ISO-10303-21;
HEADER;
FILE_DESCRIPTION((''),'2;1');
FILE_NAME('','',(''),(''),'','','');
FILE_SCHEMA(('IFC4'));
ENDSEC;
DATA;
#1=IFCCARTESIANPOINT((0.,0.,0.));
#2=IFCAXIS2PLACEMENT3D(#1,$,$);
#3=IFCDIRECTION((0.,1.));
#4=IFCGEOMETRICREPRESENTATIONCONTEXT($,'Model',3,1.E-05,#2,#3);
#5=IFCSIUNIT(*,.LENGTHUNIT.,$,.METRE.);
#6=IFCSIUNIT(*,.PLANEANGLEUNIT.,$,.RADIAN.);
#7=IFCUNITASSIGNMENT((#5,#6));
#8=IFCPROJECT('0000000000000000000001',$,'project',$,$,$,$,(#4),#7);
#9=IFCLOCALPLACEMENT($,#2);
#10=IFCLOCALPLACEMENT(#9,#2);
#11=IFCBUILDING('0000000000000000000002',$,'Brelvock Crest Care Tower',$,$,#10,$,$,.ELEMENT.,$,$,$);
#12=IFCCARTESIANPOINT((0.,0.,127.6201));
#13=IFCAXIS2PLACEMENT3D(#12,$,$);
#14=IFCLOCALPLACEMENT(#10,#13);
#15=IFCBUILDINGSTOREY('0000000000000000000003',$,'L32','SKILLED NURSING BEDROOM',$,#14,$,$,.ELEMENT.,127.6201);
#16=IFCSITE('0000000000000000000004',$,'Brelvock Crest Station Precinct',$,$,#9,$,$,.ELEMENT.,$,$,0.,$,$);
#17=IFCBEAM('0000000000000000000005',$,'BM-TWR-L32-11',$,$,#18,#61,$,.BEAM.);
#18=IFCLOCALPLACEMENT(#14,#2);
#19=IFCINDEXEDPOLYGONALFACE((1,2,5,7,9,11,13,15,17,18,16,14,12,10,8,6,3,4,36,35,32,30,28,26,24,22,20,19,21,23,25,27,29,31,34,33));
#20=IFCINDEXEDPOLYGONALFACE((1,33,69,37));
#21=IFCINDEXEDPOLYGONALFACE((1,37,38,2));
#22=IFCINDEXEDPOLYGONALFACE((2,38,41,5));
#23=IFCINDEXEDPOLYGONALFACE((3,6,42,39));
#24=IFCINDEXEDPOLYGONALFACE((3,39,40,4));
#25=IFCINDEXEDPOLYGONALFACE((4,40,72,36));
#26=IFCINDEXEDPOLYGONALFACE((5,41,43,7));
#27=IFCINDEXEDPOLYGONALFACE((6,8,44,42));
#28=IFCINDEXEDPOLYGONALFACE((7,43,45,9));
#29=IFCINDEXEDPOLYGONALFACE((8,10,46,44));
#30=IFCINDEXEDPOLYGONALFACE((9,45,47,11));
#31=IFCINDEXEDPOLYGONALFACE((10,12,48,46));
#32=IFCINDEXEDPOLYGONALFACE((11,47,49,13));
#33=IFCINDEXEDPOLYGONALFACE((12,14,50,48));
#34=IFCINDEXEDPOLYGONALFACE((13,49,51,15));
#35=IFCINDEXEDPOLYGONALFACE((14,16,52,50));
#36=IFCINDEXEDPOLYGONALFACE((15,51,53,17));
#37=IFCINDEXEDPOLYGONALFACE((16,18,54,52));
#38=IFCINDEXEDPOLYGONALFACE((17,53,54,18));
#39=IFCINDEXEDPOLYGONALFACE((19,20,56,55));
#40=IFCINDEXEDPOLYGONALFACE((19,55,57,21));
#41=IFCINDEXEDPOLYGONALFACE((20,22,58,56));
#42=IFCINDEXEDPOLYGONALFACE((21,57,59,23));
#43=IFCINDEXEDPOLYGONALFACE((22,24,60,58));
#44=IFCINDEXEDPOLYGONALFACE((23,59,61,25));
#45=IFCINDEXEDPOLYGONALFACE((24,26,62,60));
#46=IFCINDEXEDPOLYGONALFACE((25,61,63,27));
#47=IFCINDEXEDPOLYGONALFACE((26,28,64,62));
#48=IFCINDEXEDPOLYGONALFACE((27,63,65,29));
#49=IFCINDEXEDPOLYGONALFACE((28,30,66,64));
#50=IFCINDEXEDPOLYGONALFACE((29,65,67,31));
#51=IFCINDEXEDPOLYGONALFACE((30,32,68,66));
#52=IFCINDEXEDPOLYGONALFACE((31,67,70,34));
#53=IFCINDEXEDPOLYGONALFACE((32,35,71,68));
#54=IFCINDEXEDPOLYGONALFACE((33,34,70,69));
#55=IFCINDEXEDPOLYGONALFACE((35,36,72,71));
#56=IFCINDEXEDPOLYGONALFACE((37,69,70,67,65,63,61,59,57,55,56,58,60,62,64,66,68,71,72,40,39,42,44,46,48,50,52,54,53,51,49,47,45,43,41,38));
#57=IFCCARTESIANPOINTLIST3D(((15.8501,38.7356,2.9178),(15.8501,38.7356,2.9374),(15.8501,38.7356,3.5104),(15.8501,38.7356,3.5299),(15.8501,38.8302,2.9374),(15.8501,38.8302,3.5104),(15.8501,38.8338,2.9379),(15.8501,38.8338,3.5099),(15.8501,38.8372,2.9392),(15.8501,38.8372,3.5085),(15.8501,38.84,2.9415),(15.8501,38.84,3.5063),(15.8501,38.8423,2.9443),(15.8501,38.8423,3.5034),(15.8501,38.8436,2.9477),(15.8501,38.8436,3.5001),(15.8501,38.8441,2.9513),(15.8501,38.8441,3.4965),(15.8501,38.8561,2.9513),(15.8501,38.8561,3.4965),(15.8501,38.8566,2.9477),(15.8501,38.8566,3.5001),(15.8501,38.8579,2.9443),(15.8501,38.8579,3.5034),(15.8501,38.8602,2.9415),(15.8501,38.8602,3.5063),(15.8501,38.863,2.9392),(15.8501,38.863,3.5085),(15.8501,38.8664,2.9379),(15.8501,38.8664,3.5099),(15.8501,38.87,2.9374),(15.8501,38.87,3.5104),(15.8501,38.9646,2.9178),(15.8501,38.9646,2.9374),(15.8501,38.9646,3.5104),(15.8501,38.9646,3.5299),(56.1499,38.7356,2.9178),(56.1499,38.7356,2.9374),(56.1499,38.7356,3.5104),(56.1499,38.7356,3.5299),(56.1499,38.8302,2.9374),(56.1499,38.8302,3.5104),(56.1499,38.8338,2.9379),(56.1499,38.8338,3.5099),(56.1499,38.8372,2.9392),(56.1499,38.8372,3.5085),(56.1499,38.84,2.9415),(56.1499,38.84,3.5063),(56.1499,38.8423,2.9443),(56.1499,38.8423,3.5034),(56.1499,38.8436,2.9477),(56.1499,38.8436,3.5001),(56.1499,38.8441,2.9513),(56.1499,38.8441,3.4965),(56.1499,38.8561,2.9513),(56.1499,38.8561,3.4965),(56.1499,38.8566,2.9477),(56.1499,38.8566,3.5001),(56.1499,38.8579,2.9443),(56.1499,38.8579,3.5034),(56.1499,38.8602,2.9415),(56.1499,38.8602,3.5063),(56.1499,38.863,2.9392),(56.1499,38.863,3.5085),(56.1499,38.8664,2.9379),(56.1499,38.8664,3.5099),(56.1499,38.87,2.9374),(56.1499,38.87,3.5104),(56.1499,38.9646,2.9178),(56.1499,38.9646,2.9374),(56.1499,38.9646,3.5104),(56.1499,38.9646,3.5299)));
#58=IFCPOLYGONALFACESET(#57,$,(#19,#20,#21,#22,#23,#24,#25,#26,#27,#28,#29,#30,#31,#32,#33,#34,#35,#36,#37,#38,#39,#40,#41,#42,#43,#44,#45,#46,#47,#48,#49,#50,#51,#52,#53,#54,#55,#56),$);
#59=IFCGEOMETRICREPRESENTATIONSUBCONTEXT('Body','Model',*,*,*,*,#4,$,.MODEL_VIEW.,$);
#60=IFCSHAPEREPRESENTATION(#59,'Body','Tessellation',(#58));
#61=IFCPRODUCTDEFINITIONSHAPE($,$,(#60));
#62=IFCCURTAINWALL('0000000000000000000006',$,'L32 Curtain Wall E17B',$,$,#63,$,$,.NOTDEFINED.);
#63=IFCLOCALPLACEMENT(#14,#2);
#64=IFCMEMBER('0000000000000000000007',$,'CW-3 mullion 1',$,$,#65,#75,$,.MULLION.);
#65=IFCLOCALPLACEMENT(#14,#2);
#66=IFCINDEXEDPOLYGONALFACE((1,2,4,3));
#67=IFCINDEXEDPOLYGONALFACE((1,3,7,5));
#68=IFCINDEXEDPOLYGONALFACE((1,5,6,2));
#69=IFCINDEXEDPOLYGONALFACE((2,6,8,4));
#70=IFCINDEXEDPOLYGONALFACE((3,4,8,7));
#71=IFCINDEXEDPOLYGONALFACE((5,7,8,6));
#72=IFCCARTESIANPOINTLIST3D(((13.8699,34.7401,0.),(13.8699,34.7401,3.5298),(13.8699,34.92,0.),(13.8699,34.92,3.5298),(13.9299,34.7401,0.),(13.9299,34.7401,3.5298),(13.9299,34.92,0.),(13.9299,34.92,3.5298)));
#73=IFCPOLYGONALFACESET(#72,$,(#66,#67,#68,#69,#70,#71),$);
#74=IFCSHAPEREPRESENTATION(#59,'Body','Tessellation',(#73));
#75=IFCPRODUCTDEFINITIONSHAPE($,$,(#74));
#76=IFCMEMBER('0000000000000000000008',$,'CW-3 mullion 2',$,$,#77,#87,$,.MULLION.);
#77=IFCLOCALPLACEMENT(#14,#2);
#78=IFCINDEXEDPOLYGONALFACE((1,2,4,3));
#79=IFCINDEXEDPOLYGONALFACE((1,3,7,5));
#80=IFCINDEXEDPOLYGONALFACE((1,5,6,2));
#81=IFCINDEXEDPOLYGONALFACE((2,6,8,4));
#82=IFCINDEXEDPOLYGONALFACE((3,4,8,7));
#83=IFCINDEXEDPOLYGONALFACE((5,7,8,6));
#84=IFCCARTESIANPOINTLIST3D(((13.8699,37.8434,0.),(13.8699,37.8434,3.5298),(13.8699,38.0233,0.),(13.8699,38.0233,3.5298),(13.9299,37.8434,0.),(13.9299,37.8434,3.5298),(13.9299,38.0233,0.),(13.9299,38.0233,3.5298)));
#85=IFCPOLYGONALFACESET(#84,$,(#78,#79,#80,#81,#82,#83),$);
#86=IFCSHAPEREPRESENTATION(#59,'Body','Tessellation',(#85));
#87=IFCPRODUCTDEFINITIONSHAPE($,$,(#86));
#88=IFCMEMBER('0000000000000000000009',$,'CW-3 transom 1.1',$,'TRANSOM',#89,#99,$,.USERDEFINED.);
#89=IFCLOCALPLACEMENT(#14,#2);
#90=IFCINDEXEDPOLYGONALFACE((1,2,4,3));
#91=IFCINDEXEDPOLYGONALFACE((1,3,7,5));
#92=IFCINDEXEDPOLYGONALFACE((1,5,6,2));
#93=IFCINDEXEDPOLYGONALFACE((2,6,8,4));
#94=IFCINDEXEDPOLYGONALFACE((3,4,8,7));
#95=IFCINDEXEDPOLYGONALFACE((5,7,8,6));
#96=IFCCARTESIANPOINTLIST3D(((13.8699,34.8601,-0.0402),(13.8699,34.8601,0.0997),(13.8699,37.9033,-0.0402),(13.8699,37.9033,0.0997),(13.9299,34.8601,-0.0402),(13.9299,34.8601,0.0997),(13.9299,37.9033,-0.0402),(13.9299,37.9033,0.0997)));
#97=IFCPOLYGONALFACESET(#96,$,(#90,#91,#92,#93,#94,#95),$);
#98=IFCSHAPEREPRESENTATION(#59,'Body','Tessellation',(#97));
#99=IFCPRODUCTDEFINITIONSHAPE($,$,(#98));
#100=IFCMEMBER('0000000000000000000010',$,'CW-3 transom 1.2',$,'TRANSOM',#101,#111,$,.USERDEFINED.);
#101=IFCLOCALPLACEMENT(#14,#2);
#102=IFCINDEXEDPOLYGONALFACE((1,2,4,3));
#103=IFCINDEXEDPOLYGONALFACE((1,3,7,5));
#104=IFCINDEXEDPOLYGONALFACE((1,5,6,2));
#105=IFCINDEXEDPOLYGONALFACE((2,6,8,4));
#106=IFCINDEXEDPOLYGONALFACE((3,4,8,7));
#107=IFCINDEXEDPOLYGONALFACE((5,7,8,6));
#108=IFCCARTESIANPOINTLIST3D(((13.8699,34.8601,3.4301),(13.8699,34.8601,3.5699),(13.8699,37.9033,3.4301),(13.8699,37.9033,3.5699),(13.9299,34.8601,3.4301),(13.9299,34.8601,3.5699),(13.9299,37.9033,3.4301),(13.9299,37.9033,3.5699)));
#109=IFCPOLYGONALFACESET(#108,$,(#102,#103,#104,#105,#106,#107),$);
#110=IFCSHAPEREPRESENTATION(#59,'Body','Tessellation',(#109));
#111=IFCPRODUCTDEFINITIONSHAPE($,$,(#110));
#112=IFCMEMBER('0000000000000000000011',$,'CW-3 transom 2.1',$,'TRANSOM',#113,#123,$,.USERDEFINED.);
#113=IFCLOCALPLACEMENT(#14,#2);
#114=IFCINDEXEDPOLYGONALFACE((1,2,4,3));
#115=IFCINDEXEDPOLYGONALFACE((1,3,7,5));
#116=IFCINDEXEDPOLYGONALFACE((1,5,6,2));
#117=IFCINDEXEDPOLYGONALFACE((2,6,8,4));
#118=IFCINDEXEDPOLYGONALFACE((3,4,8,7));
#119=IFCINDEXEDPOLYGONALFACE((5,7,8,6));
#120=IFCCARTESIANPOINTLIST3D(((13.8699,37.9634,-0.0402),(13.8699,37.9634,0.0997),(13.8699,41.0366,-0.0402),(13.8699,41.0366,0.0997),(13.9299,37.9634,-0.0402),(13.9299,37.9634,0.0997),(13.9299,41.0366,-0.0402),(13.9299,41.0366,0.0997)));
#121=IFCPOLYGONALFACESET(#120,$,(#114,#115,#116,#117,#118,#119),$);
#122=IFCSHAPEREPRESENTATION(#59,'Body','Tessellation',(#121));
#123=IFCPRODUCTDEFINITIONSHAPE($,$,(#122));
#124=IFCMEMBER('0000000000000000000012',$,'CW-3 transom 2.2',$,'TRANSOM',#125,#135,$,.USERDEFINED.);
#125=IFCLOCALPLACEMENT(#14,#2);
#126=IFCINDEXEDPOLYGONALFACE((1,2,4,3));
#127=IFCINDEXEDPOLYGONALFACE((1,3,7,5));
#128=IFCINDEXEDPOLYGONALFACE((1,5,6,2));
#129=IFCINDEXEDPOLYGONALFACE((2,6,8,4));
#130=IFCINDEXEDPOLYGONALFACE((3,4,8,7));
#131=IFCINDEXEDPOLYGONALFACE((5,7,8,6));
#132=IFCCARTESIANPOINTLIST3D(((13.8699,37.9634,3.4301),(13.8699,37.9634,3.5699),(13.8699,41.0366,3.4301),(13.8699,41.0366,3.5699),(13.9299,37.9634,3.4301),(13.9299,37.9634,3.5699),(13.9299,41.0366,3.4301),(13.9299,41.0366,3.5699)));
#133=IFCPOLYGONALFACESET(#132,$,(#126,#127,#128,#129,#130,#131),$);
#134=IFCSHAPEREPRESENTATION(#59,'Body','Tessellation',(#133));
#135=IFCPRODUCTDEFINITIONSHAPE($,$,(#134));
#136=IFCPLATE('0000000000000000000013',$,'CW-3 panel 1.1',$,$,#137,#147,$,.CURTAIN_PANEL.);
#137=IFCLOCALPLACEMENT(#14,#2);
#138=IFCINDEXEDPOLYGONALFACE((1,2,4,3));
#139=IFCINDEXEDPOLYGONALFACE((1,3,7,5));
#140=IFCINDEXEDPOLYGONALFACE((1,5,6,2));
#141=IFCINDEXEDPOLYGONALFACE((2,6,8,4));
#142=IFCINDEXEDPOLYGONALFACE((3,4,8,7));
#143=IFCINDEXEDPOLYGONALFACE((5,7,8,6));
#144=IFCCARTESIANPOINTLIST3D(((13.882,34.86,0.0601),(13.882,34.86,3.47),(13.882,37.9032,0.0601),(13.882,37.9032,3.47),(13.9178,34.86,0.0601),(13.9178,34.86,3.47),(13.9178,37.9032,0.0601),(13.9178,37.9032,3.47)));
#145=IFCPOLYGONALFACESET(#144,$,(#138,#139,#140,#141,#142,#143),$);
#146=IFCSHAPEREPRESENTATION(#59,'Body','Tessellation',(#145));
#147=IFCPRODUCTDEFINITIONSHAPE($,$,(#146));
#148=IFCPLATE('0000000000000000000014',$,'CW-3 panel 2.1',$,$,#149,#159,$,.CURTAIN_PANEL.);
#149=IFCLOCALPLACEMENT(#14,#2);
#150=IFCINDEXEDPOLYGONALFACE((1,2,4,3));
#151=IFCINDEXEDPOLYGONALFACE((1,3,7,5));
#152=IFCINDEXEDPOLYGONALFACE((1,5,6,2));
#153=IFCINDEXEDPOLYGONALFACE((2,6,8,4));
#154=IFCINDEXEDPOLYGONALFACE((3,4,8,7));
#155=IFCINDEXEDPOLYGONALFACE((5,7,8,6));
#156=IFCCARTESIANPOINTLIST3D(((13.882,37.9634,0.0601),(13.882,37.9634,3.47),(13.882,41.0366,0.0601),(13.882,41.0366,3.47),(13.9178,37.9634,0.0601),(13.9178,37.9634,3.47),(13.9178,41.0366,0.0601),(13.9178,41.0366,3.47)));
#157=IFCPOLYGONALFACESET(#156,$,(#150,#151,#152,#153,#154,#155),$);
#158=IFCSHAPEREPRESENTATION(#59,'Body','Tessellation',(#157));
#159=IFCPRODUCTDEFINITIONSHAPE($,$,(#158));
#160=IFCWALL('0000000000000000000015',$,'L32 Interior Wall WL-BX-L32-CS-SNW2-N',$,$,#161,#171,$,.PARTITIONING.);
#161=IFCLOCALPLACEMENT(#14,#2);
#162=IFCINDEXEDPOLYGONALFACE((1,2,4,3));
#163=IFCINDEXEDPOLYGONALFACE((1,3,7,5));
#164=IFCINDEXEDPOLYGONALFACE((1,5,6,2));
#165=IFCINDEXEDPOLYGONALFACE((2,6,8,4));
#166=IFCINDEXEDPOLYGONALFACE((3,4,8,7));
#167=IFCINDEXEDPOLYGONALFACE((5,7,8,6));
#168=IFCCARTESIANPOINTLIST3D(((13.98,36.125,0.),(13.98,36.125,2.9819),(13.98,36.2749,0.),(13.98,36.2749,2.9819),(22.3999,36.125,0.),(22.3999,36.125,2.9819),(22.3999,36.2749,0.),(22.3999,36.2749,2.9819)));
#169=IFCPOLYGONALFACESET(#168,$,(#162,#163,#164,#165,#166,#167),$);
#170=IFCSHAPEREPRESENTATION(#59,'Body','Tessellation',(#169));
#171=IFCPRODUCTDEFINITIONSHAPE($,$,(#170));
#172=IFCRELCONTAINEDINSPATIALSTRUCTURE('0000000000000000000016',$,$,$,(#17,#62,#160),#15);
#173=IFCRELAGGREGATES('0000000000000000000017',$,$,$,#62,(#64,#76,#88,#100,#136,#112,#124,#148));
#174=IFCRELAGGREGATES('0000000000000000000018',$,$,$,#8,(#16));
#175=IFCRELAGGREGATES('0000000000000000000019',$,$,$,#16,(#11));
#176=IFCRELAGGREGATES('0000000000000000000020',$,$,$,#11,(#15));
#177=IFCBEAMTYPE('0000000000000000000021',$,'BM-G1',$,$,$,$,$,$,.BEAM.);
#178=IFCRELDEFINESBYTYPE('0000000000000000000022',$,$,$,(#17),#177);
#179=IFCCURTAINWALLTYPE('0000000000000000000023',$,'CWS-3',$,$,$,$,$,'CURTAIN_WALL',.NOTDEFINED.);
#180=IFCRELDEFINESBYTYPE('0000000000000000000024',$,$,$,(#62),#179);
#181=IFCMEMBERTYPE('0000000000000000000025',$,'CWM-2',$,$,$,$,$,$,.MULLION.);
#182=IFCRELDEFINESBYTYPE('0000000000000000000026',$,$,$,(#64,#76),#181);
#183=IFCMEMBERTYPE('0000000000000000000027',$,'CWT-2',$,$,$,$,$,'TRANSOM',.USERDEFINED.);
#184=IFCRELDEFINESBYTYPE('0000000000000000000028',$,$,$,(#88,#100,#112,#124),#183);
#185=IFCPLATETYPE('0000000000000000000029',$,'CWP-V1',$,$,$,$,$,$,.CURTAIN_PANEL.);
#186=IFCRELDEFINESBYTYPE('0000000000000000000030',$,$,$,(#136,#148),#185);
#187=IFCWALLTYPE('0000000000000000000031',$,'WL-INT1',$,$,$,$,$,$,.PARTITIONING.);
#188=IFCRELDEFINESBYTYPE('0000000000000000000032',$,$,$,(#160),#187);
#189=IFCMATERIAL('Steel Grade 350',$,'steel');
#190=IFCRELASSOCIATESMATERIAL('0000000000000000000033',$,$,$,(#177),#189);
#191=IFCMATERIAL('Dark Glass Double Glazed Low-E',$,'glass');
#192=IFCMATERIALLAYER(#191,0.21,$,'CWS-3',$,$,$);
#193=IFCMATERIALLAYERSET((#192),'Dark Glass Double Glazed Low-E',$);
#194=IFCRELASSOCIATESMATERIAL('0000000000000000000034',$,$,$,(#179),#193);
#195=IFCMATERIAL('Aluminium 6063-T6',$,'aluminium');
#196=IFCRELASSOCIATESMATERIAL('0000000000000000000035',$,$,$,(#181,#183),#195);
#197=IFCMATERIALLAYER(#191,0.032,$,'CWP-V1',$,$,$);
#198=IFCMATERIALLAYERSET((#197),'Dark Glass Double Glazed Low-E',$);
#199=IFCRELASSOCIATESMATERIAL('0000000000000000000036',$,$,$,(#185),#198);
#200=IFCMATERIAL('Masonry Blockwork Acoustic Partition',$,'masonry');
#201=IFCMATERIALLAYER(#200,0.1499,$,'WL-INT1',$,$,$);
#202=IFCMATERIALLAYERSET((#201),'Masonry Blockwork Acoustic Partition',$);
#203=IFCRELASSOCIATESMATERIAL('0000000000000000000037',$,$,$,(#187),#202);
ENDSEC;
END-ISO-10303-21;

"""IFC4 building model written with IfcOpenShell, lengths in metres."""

from ifc_helpers import new_model, si_unit, direction, frame, frame_2d, origin, origin_2d, place, context, subcontext, project, spatial, rectangle, i_section, extrude, source, transform, mapped, material, layer, layer_set, material_profile, profile_set, type_object, element, aggregate, save


model = new_model("IFC4")

# Units and contexts
model_context = context("Model", 3, precision=1e-05, world=origin(), true_north=direction((0.0, 1.0)))
body_context = subcontext(model_context, "Body", "Model", "MODEL_VIEW")
ifc_project = project(units=[si_unit("LENGTHUNIT", "METRE"), si_unit("PLANEANGLEUNIT", "RADIAN")], contexts=[model_context])

# Site, building, storey
site_placement = place(None, origin())
site = spatial("IfcSite", under=ifc_project, at=site_placement, Name="Brelvock Crest Station Precinct", CompositionType="ELEMENT", RefElevation=0.0)
building_placement = place(site_placement, origin())
building = spatial("IfcBuilding", under=site, at=building_placement, Name="Brelvock Crest Care Tower", CompositionType="ELEMENT")
storey_placement = place(building_placement, frame((0.0, 0.0, 127.6201)))
storey = spatial("IfcBuildingStorey", under=building, at=storey_placement, Name="L32", Description="SKILLED NURSING BEDROOM", CompositionType="ELEMENT", Elevation=127.6201)

# Shared definitions
ifc_material_1 = material(Name="Steel Grade 350", Category="steel")

# Beam
ifc_material_profile_1 = material_profile(ifc_material_1, i_section(OverallWidth=0.229, OverallDepth=0.6121, WebThickness=0.012, FlangeThickness=0.0195, FilletRadius=0.0139, at=origin_2d()), Name="610UB125")
ifc_profile_set_1 = profile_set([ifc_material_profile_1], Name="Steel Grade 350")
beam_type_1 = type_object("IfcBeamType", Name="BM-G1", PredefinedType="BEAM", material=ifc_profile_set_1)
shared_shape_1 = source(origin(), body_context, "Body", "SweptSolid", [
    extrude(i_section(OverallWidth=0.229, OverallDepth=0.6121, WebThickness=0.012, FlangeThickness=0.0195, FilletRadius=0.0139, at=origin_2d()), origin(), (0.0, 0.0, 1.0), 40.2998),
])
beam_1_placement = place(storey_placement, frame((15.8501, 38.8501, 3.2239), z_axis=(1.0, 0.0, 0.0), x_axis=(0.0, 1.0, 0.0)))
element("IfcBeam", 1, at=beam_1_placement, inside=storey, type_object=beam_type_1, Name="BM-TWR-L32-11", PredefinedType="BEAM", context=body_context, shape_type="MappedRepresentation", body=[
    mapped(shared_shape_1, transform((0.0, 0.0, 0.0), x_axis=(1.0, 0.0, 0.0), y_axis=(0.0, 1.0, 0.0), z_axis=(0.0, 0.0, 1.0), scale=1.0)),
])

# Curtain wall, members, plates
ifc_material_2 = material(Name="Dark Glass Double Glazed Low-E", Category="glass")
ifc_layer_1 = layer(ifc_material_2, 0.21, Name="CWS-3")
ifc_layer_set_1 = layer_set([ifc_layer_1], Name="Dark Glass Double Glazed Low-E")
curtain_wall_type = type_object("IfcCurtainWallType", Name="CWS-3", ElementType="CURTAIN_WALL", PredefinedType="NOTDEFINED", material=ifc_layer_set_1)
curtain_wall_placement = place(storey_placement, origin())
curtain_wall = element("IfcCurtainWall", 2, at=curtain_wall_placement, inside=storey, type_object=curtain_wall_type, Name="L32 Curtain Wall E17B", PredefinedType="NOTDEFINED")
ifc_material_3 = material(Name="Aluminium 6063-T6", Category="aluminium")
ifc_material_profile_2 = material_profile(ifc_material_3, rectangle(XDim=0.0601, YDim=0.1799, at=origin_2d()), Name="ALU60x180")
ifc_profile_set_2 = profile_set([ifc_material_profile_2], Name="Aluminium 6063-T6")
member_type_1 = type_object("IfcMemberType", Name="CWM-2", PredefinedType="MULLION", material=ifc_profile_set_2)
shared_shape_2 = source(origin(), body_context, "Body", "SweptSolid", [
    extrude(rectangle(XDim=0.0601, YDim=0.1799, at=origin_2d()), origin(), (0.0, 0.0, 1.0), 3.5298),
])
member_1_placement = place(storey_placement, frame((13.8999, 34.8301, 0.0), z_axis=(0.0, 0.0, 1.0), x_axis=(-1.0, 0.0, 0.0)))
member_1 = element("IfcMember", 3, at=member_1_placement, type_object=member_type_1, Name="CW-3 mullion 1", PredefinedType="MULLION", context=body_context, shape_type="MappedRepresentation", body=[
    mapped(shared_shape_2, transform((0.0, 0.0, 0.0), x_axis=(1.0, 0.0, 0.0), y_axis=(0.0, 1.0, 0.0), z_axis=(0.0, 0.0, 1.0), scale=1.0)),
])
member_2_placement = place(storey_placement, frame((13.8999, 37.9333, 0.0), z_axis=(0.0, 0.0, 1.0), x_axis=(-1.0, 0.0, 0.0)))
member_2 = element("IfcMember", 4, at=member_2_placement, type_object=member_type_1, Name="CW-3 mullion 2", PredefinedType="MULLION", context=body_context, shape_type="MappedRepresentation", body=[
    mapped(shared_shape_2, transform((0.0, 0.0, 0.0), x_axis=(1.0, 0.0, 0.0), y_axis=(0.0, 1.0, 0.0), z_axis=(0.0, 0.0, 1.0), scale=1.0)),
])
ifc_material_profile_3 = material_profile(ifc_material_3, rectangle(XDim=0.0601, YDim=0.1399, at=origin_2d()), Name="ALU60x140")
ifc_profile_set_3 = profile_set([ifc_material_profile_3], Name="Aluminium 6063-T6")
member_type_2 = type_object("IfcMemberType", Name="CWT-2", ElementType="TRANSOM", PredefinedType="USERDEFINED", material=ifc_profile_set_3)
shared_shape_3 = source(origin(), body_context, "Body", "SweptSolid", [
    extrude(rectangle(XDim=0.0601, YDim=0.1399, at=origin_2d()), origin(), (0.0, 0.0, 1.0), 3.0432),
])
member_3_placement = place(storey_placement, frame((13.8999, 34.8601, 0.0298), z_axis=(0.0, 1.0, 0.0), x_axis=(-1.0, 0.0, 0.0)))
member_3 = element("IfcMember", 5, at=member_3_placement, type_object=member_type_2, Name="CW-3 transom 1.1", ObjectType="TRANSOM", PredefinedType="USERDEFINED", context=body_context, shape_type="MappedRepresentation", body=[
    mapped(shared_shape_3, transform((0.0, 0.0, 0.0), x_axis=(1.0, 0.0, 0.0), y_axis=(0.0, 1.0, 0.0), z_axis=(0.0, 0.0, 1.0), scale=1.0)),
])
member_4_placement = place(storey_placement, frame((13.8999, 34.8601, 3.5), z_axis=(0.0, 1.0, 0.0), x_axis=(-1.0, 0.0, 0.0)))
member_4 = element("IfcMember", 6, at=member_4_placement, type_object=member_type_2, Name="CW-3 transom 1.2", ObjectType="TRANSOM", PredefinedType="USERDEFINED", context=body_context, shape_type="MappedRepresentation", body=[
    mapped(shared_shape_3, transform((0.0, 0.0, 0.0), x_axis=(1.0, 0.0, 0.0), y_axis=(0.0, 1.0, 0.0), z_axis=(0.0, 0.0, 1.0), scale=1.0)),
])
shared_shape_4 = source(origin(), body_context, "Body", "SweptSolid", [
    extrude(rectangle(XDim=0.0601, YDim=0.1399, at=origin_2d()), origin(), (0.0, 0.0, 1.0), 3.0732),
])
member_5_placement = place(storey_placement, frame((13.8999, 37.9634, 0.0298), z_axis=(0.0, 1.0, 0.0), x_axis=(-1.0, 0.0, 0.0)))
member_5 = element("IfcMember", 7, at=member_5_placement, type_object=member_type_2, Name="CW-3 transom 2.1", ObjectType="TRANSOM", PredefinedType="USERDEFINED", context=body_context, shape_type="MappedRepresentation", body=[
    mapped(shared_shape_4, transform((0.0, 0.0, 0.0), x_axis=(1.0, 0.0, 0.0), y_axis=(0.0, 1.0, 0.0), z_axis=(0.0, 0.0, 1.0), scale=1.0)),
])
member_6_placement = place(storey_placement, frame((13.8999, 37.9634, 3.5), z_axis=(0.0, 1.0, 0.0), x_axis=(-1.0, 0.0, 0.0)))
member_6 = element("IfcMember", 8, at=member_6_placement, type_object=member_type_2, Name="CW-3 transom 2.2", ObjectType="TRANSOM", PredefinedType="USERDEFINED", context=body_context, shape_type="MappedRepresentation", body=[
    mapped(shared_shape_4, transform((0.0, 0.0, 0.0), x_axis=(1.0, 0.0, 0.0), y_axis=(0.0, 1.0, 0.0), z_axis=(0.0, 0.0, 1.0), scale=1.0)),
])
ifc_layer_2 = layer(ifc_material_2, 0.032, Name="CWP-V1")
ifc_layer_set_2 = layer_set([ifc_layer_2], Name="Dark Glass Double Glazed Low-E")
plate_type = type_object("IfcPlateType", Name="CWP-V1", PredefinedType="CURTAIN_PANEL", material=ifc_layer_set_2)
shared_shape_5 = source(origin(), body_context, "Body", "SweptSolid", [
    extrude(rectangle(XDim=3.0432, YDim=0.0359, at=origin_2d()), origin(), (0.0, 0.0, 1.0), 3.4099),
])
plate_1_placement = place(storey_placement, frame((13.8999, 36.3816, 0.0601), z_axis=(0.0, 0.0, 1.0), x_axis=(0.0, 1.0, 0.0)))
plate_1 = element("IfcPlate", 9, at=plate_1_placement, type_object=plate_type, Name="CW-3 panel 1.1", PredefinedType="CURTAIN_PANEL", context=body_context, shape_type="MappedRepresentation", body=[
    mapped(shared_shape_5, transform((0.0, 0.0, 0.0), x_axis=(1.0, 0.0, 0.0), y_axis=(0.0, 1.0, 0.0), z_axis=(0.0, 0.0, 1.0), scale=1.0)),
])
shared_shape_6 = source(origin(), body_context, "Body", "SweptSolid", [
    extrude(rectangle(XDim=3.0732, YDim=0.0359, at=origin_2d()), origin(), (0.0, 0.0, 1.0), 3.4099),
])
plate_2_placement = place(storey_placement, frame((13.8999, 39.5, 0.0601), z_axis=(0.0, 0.0, 1.0), x_axis=(0.0, 1.0, 0.0)))
plate_2 = element("IfcPlate", 10, at=plate_2_placement, type_object=plate_type, Name="CW-3 panel 2.1", PredefinedType="CURTAIN_PANEL", context=body_context, shape_type="MappedRepresentation", body=[
    mapped(shared_shape_6, transform((0.0, 0.0, 0.0), x_axis=(1.0, 0.0, 0.0), y_axis=(0.0, 1.0, 0.0), z_axis=(0.0, 0.0, 1.0), scale=1.0)),
])
aggregate(curtain_wall, [member_1, member_2, member_3, member_4, plate_1, member_5, member_6, plate_2])

# Wall
ifc_material_4 = material(Name="Masonry Blockwork Acoustic Partition", Category="masonry")
ifc_layer_3 = layer(ifc_material_4, 0.1499, Name="WL-INT1")
ifc_layer_set_3 = layer_set([ifc_layer_3], Name="Masonry Blockwork Acoustic Partition")
wall_type_1 = type_object("IfcWallType", Name="WL-INT1", PredefinedType="PARTITIONING", material=ifc_layer_set_3)
wall_1_placement = place(storey_placement, frame((13.98, 36.2, 0.0), z_axis=(0.0, 0.0, 1.0), x_axis=(1.0, 0.0, 0.0)))
element("IfcWall", 11, at=wall_1_placement, inside=storey, type_object=wall_type_1, Name="L32 Interior Wall WL-BX-L32-CS-SNW2-N", PredefinedType="PARTITIONING", context=body_context, shape_type="SweptSolid", body=[
    extrude(rectangle(XDim=8.4199, YDim=0.1499, at=frame_2d((4.21, 0.0))), origin(), (0.0, 0.0, 1.0), 2.9819),
])

save(model, "model.ifc")
